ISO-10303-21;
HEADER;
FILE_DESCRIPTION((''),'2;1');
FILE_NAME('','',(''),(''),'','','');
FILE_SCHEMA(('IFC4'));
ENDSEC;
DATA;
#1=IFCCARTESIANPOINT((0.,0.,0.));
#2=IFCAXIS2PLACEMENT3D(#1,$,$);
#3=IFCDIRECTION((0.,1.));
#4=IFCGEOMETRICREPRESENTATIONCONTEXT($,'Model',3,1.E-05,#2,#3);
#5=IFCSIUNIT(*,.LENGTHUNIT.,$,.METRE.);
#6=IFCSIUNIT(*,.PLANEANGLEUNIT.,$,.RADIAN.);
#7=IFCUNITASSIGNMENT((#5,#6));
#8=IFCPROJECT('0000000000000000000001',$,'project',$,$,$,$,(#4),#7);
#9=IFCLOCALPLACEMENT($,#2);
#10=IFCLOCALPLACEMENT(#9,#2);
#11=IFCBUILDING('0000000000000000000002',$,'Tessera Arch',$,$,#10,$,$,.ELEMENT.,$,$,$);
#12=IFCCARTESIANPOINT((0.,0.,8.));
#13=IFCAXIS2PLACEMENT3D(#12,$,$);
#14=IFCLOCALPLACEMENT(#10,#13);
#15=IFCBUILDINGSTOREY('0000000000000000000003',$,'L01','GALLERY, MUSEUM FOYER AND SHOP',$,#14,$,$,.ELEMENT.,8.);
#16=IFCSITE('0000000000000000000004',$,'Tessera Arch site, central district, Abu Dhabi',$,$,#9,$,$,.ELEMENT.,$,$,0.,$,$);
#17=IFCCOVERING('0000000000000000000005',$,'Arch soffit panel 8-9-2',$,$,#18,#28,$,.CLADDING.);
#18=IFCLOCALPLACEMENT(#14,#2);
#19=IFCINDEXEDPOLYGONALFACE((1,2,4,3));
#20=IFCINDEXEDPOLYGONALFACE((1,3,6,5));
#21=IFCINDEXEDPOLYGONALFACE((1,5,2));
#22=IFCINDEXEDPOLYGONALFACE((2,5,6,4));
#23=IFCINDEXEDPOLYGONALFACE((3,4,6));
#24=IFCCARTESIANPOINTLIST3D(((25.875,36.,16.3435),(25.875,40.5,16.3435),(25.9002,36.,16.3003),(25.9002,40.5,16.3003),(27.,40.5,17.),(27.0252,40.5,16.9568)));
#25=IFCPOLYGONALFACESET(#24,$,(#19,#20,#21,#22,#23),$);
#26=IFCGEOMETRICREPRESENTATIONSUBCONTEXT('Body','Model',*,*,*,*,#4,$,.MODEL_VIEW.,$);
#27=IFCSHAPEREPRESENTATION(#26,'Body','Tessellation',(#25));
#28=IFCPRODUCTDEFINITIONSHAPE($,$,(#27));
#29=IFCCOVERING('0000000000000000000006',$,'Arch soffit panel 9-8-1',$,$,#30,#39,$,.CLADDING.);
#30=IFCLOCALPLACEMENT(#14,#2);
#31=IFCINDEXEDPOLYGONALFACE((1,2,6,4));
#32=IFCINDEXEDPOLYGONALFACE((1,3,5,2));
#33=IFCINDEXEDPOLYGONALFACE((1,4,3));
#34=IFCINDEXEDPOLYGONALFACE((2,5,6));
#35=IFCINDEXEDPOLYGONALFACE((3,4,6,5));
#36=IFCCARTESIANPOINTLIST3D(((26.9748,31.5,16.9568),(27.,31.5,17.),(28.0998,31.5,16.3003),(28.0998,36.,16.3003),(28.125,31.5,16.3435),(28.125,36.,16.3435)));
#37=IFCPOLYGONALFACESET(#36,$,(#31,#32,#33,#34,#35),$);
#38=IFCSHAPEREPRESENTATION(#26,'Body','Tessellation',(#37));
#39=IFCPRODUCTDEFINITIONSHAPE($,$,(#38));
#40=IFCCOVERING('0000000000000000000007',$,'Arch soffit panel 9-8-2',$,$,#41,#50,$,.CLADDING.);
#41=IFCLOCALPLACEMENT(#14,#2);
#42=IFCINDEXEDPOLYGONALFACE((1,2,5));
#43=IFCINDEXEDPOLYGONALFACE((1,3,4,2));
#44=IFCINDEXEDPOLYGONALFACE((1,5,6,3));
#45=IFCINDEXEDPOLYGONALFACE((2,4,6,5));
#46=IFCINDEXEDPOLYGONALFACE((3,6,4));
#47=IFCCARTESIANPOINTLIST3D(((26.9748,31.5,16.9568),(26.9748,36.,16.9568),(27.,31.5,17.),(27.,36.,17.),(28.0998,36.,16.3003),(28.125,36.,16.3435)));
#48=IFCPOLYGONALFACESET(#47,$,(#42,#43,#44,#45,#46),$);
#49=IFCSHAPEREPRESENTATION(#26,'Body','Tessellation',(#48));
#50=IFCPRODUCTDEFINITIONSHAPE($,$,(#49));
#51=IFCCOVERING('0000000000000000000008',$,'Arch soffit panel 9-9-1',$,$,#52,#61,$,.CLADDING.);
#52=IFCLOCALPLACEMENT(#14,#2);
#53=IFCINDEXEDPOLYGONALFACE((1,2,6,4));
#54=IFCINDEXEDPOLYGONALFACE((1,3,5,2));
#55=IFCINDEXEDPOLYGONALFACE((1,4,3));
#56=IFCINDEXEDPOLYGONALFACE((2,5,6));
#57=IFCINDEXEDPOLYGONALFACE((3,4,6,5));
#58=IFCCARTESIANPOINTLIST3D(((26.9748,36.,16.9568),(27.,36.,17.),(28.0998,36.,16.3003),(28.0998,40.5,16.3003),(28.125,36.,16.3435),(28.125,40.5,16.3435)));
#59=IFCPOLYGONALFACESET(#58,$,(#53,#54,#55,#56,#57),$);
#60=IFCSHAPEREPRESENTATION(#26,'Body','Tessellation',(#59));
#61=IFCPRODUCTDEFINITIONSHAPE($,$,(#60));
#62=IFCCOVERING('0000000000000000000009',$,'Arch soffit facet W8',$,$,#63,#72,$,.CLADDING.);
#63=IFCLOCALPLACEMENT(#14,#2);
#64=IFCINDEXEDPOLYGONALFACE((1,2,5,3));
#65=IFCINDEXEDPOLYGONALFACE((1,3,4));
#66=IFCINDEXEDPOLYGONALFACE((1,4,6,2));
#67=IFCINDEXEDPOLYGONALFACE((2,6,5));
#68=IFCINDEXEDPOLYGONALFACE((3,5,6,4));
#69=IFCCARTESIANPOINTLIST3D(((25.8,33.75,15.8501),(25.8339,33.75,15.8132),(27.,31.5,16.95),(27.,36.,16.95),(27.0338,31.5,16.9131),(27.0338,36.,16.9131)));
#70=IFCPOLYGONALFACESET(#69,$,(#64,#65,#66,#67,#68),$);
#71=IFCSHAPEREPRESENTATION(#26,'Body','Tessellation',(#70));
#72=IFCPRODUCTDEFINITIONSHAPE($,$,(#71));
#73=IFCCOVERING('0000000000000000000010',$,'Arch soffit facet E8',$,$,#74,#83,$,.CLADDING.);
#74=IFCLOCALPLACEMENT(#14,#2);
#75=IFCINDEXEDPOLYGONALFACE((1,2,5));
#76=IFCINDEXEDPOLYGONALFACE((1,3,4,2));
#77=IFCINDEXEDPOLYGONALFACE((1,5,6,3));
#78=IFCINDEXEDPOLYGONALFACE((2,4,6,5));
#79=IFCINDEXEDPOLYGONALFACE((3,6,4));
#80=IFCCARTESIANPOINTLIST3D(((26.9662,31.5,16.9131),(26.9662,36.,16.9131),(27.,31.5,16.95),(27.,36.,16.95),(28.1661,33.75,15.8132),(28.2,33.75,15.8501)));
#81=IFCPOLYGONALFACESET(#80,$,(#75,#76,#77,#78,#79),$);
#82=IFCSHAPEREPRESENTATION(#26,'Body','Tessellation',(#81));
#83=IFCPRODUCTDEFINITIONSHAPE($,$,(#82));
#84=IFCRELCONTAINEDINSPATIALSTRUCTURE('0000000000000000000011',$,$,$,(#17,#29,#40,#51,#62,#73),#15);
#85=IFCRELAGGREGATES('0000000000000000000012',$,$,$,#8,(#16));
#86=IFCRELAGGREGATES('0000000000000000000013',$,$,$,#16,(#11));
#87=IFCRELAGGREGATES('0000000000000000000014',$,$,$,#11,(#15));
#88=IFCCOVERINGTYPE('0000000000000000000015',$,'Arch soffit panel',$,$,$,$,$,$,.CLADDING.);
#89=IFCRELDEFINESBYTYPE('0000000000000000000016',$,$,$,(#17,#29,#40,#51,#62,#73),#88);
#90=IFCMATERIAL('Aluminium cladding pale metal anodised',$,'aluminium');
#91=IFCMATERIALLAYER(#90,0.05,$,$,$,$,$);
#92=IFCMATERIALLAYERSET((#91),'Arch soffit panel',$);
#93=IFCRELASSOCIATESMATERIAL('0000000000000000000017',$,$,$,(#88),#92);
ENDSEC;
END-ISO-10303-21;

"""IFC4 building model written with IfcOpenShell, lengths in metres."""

from ifc_helpers import new_model, si_unit, direction, frame, origin, place, context, subcontext, project, spatial, polyline, outline, extrude, material, layer, layer_set, type_object, element, save


model = new_model("IFC4")

# Units and contexts
model_context = context("Model", 3, precision=1e-05, world=origin(), true_north=direction((0.0, 1.0)))
body_context = subcontext(model_context, "Body", "Model", "MODEL_VIEW")
ifc_project = project(units=[si_unit("LENGTHUNIT", "METRE"), si_unit("PLANEANGLEUNIT", "RADIAN")], contexts=[model_context])

# Site, building, storey
site_placement = place(None, origin())
site = spatial("IfcSite", under=ifc_project, at=site_placement, Name="Tessera Arch site, central district, Abu Dhabi", CompositionType="ELEMENT", RefElevation=0.0)
building_placement = place(site_placement, origin())
building = spatial("IfcBuilding", under=site, at=building_placement, Name="Tessera Arch", CompositionType="ELEMENT")
storey_placement = place(building_placement, frame((0.0, 0.0, 8.0)))
storey = spatial("IfcBuildingStorey", under=building, at=storey_placement, Name="L01", Description="GALLERY, MUSEUM FOYER AND SHOP", CompositionType="ELEMENT", Elevation=8.0)

# Coverings
ifc_material = material(Name="Aluminium cladding pale metal anodised", Category="aluminium")
ifc_layer = layer(ifc_material, 0.05)
ifc_layer_set = layer_set([ifc_layer], Name="Arch soffit panel")
covering_type = type_object("IfcCoveringType", Name="Arch soffit panel", PredefinedType="CLADDING", material=ifc_layer_set)
covering_1_placement = place(storey_placement, frame((25.875, 36.0, 16.3435), z_axis=(-0.504011, 0.0, 0.863697), x_axis=(0.240142, 0.96057, 0.140135)))
element("IfcCovering", 1, at=covering_1_placement, inside=storey, type_object=covering_type, Name="Arch soffit panel 8-9-2", PredefinedType="CLADDING", context=body_context, shape_type="SweptSolid", body=[
    extrude(outline(polyline([(0.0, 0.0), (4.6847, 0.0), (4.3226, 1.2512), (0.0, 0.0)])), origin(), (0.0, 0.0, -1.0), 0.05),
])
covering_2_placement = place(storey_placement, frame((27.0, 31.5, 17.0), z_axis=(0.504011, 0.0, 0.863697), x_axis=(0.863697, 0.0, -0.504011)))
element("IfcCovering", 2, at=covering_2_placement, inside=storey, type_object=covering_type, Name="Arch soffit panel 9-8-1", PredefinedType="CLADDING", context=body_context, shape_type="SweptSolid", body=[
    extrude(outline(polyline([(0.0, 0.0), (1.3025, 0.0), (1.3025, 4.5), (0.0, 0.0)])), origin(), (0.0, 0.0, -1.0), 0.05),
])
covering_3_placement = place(storey_placement, frame((27.0, 31.5, 17.0), z_axis=(0.504011, 0.0, 0.863697), x_axis=(0.240142, 0.96057, -0.140135)))
element("IfcCovering", 3, at=covering_3_placement, inside=storey, type_object=covering_type, Name="Arch soffit panel 9-8-2", PredefinedType="CLADDING", context=body_context, shape_type="SweptSolid", body=[
    extrude(outline(polyline([(0.0, 0.0), (4.6847, 0.0), (4.3226, 1.2512), (0.0, 0.0)])), origin(), (0.0, 0.0, -1.0), 0.05),
])
covering_4_placement = place(storey_placement, frame((27.0, 36.0, 17.0), z_axis=(0.504011, 0.0, 0.863697), x_axis=(0.863697, 0.0, -0.504011)))
element("IfcCovering", 4, at=covering_4_placement, inside=storey, type_object=covering_type, Name="Arch soffit panel 9-9-1", PredefinedType="CLADDING", context=body_context, shape_type="SweptSolid", body=[
    extrude(outline(polyline([(0.0, 0.0), (1.3025, 0.0), (1.3025, 4.5), (0.0, 0.0)])), origin(), (0.0, 0.0, -1.0), 0.05),
])
covering_5_placement = place(storey_placement, frame((27.0, 31.5, 16.95), z_axis=(-0.675691, 0.0, 0.737185), x_axis=(0.0, 1.0, 0.0)))
element("IfcCovering", 5, at=covering_5_placement, inside=storey, type_object=covering_type, Name="Arch soffit facet W8", PredefinedType="CLADDING", context=body_context, shape_type="SweptSolid", body=[
    extrude(outline(polyline([(0.0, 0.0), (4.5, 0.0), (2.25, 1.6277), (0.0, 0.0)])), origin(), (0.0, 0.0, -1.0), 0.05),
])
covering_6_placement = place(storey_placement, frame((27.0, 31.5, 16.95), z_axis=(0.675691, 0.0, 0.737185), x_axis=(0.0, 1.0, 0.0)))
element("IfcCovering", 6, at=covering_6_placement, inside=storey, type_object=covering_type, Name="Arch soffit facet E8", PredefinedType="CLADDING", context=body_context, shape_type="SweptSolid", body=[
    extrude(outline(polyline([(0.0, 0.0), (4.5, 0.0), (2.25, -1.6277), (0.0, 0.0)])), origin(), (0.0, 0.0, -1.0), 0.05),
])

save(model, "model.ifc")
